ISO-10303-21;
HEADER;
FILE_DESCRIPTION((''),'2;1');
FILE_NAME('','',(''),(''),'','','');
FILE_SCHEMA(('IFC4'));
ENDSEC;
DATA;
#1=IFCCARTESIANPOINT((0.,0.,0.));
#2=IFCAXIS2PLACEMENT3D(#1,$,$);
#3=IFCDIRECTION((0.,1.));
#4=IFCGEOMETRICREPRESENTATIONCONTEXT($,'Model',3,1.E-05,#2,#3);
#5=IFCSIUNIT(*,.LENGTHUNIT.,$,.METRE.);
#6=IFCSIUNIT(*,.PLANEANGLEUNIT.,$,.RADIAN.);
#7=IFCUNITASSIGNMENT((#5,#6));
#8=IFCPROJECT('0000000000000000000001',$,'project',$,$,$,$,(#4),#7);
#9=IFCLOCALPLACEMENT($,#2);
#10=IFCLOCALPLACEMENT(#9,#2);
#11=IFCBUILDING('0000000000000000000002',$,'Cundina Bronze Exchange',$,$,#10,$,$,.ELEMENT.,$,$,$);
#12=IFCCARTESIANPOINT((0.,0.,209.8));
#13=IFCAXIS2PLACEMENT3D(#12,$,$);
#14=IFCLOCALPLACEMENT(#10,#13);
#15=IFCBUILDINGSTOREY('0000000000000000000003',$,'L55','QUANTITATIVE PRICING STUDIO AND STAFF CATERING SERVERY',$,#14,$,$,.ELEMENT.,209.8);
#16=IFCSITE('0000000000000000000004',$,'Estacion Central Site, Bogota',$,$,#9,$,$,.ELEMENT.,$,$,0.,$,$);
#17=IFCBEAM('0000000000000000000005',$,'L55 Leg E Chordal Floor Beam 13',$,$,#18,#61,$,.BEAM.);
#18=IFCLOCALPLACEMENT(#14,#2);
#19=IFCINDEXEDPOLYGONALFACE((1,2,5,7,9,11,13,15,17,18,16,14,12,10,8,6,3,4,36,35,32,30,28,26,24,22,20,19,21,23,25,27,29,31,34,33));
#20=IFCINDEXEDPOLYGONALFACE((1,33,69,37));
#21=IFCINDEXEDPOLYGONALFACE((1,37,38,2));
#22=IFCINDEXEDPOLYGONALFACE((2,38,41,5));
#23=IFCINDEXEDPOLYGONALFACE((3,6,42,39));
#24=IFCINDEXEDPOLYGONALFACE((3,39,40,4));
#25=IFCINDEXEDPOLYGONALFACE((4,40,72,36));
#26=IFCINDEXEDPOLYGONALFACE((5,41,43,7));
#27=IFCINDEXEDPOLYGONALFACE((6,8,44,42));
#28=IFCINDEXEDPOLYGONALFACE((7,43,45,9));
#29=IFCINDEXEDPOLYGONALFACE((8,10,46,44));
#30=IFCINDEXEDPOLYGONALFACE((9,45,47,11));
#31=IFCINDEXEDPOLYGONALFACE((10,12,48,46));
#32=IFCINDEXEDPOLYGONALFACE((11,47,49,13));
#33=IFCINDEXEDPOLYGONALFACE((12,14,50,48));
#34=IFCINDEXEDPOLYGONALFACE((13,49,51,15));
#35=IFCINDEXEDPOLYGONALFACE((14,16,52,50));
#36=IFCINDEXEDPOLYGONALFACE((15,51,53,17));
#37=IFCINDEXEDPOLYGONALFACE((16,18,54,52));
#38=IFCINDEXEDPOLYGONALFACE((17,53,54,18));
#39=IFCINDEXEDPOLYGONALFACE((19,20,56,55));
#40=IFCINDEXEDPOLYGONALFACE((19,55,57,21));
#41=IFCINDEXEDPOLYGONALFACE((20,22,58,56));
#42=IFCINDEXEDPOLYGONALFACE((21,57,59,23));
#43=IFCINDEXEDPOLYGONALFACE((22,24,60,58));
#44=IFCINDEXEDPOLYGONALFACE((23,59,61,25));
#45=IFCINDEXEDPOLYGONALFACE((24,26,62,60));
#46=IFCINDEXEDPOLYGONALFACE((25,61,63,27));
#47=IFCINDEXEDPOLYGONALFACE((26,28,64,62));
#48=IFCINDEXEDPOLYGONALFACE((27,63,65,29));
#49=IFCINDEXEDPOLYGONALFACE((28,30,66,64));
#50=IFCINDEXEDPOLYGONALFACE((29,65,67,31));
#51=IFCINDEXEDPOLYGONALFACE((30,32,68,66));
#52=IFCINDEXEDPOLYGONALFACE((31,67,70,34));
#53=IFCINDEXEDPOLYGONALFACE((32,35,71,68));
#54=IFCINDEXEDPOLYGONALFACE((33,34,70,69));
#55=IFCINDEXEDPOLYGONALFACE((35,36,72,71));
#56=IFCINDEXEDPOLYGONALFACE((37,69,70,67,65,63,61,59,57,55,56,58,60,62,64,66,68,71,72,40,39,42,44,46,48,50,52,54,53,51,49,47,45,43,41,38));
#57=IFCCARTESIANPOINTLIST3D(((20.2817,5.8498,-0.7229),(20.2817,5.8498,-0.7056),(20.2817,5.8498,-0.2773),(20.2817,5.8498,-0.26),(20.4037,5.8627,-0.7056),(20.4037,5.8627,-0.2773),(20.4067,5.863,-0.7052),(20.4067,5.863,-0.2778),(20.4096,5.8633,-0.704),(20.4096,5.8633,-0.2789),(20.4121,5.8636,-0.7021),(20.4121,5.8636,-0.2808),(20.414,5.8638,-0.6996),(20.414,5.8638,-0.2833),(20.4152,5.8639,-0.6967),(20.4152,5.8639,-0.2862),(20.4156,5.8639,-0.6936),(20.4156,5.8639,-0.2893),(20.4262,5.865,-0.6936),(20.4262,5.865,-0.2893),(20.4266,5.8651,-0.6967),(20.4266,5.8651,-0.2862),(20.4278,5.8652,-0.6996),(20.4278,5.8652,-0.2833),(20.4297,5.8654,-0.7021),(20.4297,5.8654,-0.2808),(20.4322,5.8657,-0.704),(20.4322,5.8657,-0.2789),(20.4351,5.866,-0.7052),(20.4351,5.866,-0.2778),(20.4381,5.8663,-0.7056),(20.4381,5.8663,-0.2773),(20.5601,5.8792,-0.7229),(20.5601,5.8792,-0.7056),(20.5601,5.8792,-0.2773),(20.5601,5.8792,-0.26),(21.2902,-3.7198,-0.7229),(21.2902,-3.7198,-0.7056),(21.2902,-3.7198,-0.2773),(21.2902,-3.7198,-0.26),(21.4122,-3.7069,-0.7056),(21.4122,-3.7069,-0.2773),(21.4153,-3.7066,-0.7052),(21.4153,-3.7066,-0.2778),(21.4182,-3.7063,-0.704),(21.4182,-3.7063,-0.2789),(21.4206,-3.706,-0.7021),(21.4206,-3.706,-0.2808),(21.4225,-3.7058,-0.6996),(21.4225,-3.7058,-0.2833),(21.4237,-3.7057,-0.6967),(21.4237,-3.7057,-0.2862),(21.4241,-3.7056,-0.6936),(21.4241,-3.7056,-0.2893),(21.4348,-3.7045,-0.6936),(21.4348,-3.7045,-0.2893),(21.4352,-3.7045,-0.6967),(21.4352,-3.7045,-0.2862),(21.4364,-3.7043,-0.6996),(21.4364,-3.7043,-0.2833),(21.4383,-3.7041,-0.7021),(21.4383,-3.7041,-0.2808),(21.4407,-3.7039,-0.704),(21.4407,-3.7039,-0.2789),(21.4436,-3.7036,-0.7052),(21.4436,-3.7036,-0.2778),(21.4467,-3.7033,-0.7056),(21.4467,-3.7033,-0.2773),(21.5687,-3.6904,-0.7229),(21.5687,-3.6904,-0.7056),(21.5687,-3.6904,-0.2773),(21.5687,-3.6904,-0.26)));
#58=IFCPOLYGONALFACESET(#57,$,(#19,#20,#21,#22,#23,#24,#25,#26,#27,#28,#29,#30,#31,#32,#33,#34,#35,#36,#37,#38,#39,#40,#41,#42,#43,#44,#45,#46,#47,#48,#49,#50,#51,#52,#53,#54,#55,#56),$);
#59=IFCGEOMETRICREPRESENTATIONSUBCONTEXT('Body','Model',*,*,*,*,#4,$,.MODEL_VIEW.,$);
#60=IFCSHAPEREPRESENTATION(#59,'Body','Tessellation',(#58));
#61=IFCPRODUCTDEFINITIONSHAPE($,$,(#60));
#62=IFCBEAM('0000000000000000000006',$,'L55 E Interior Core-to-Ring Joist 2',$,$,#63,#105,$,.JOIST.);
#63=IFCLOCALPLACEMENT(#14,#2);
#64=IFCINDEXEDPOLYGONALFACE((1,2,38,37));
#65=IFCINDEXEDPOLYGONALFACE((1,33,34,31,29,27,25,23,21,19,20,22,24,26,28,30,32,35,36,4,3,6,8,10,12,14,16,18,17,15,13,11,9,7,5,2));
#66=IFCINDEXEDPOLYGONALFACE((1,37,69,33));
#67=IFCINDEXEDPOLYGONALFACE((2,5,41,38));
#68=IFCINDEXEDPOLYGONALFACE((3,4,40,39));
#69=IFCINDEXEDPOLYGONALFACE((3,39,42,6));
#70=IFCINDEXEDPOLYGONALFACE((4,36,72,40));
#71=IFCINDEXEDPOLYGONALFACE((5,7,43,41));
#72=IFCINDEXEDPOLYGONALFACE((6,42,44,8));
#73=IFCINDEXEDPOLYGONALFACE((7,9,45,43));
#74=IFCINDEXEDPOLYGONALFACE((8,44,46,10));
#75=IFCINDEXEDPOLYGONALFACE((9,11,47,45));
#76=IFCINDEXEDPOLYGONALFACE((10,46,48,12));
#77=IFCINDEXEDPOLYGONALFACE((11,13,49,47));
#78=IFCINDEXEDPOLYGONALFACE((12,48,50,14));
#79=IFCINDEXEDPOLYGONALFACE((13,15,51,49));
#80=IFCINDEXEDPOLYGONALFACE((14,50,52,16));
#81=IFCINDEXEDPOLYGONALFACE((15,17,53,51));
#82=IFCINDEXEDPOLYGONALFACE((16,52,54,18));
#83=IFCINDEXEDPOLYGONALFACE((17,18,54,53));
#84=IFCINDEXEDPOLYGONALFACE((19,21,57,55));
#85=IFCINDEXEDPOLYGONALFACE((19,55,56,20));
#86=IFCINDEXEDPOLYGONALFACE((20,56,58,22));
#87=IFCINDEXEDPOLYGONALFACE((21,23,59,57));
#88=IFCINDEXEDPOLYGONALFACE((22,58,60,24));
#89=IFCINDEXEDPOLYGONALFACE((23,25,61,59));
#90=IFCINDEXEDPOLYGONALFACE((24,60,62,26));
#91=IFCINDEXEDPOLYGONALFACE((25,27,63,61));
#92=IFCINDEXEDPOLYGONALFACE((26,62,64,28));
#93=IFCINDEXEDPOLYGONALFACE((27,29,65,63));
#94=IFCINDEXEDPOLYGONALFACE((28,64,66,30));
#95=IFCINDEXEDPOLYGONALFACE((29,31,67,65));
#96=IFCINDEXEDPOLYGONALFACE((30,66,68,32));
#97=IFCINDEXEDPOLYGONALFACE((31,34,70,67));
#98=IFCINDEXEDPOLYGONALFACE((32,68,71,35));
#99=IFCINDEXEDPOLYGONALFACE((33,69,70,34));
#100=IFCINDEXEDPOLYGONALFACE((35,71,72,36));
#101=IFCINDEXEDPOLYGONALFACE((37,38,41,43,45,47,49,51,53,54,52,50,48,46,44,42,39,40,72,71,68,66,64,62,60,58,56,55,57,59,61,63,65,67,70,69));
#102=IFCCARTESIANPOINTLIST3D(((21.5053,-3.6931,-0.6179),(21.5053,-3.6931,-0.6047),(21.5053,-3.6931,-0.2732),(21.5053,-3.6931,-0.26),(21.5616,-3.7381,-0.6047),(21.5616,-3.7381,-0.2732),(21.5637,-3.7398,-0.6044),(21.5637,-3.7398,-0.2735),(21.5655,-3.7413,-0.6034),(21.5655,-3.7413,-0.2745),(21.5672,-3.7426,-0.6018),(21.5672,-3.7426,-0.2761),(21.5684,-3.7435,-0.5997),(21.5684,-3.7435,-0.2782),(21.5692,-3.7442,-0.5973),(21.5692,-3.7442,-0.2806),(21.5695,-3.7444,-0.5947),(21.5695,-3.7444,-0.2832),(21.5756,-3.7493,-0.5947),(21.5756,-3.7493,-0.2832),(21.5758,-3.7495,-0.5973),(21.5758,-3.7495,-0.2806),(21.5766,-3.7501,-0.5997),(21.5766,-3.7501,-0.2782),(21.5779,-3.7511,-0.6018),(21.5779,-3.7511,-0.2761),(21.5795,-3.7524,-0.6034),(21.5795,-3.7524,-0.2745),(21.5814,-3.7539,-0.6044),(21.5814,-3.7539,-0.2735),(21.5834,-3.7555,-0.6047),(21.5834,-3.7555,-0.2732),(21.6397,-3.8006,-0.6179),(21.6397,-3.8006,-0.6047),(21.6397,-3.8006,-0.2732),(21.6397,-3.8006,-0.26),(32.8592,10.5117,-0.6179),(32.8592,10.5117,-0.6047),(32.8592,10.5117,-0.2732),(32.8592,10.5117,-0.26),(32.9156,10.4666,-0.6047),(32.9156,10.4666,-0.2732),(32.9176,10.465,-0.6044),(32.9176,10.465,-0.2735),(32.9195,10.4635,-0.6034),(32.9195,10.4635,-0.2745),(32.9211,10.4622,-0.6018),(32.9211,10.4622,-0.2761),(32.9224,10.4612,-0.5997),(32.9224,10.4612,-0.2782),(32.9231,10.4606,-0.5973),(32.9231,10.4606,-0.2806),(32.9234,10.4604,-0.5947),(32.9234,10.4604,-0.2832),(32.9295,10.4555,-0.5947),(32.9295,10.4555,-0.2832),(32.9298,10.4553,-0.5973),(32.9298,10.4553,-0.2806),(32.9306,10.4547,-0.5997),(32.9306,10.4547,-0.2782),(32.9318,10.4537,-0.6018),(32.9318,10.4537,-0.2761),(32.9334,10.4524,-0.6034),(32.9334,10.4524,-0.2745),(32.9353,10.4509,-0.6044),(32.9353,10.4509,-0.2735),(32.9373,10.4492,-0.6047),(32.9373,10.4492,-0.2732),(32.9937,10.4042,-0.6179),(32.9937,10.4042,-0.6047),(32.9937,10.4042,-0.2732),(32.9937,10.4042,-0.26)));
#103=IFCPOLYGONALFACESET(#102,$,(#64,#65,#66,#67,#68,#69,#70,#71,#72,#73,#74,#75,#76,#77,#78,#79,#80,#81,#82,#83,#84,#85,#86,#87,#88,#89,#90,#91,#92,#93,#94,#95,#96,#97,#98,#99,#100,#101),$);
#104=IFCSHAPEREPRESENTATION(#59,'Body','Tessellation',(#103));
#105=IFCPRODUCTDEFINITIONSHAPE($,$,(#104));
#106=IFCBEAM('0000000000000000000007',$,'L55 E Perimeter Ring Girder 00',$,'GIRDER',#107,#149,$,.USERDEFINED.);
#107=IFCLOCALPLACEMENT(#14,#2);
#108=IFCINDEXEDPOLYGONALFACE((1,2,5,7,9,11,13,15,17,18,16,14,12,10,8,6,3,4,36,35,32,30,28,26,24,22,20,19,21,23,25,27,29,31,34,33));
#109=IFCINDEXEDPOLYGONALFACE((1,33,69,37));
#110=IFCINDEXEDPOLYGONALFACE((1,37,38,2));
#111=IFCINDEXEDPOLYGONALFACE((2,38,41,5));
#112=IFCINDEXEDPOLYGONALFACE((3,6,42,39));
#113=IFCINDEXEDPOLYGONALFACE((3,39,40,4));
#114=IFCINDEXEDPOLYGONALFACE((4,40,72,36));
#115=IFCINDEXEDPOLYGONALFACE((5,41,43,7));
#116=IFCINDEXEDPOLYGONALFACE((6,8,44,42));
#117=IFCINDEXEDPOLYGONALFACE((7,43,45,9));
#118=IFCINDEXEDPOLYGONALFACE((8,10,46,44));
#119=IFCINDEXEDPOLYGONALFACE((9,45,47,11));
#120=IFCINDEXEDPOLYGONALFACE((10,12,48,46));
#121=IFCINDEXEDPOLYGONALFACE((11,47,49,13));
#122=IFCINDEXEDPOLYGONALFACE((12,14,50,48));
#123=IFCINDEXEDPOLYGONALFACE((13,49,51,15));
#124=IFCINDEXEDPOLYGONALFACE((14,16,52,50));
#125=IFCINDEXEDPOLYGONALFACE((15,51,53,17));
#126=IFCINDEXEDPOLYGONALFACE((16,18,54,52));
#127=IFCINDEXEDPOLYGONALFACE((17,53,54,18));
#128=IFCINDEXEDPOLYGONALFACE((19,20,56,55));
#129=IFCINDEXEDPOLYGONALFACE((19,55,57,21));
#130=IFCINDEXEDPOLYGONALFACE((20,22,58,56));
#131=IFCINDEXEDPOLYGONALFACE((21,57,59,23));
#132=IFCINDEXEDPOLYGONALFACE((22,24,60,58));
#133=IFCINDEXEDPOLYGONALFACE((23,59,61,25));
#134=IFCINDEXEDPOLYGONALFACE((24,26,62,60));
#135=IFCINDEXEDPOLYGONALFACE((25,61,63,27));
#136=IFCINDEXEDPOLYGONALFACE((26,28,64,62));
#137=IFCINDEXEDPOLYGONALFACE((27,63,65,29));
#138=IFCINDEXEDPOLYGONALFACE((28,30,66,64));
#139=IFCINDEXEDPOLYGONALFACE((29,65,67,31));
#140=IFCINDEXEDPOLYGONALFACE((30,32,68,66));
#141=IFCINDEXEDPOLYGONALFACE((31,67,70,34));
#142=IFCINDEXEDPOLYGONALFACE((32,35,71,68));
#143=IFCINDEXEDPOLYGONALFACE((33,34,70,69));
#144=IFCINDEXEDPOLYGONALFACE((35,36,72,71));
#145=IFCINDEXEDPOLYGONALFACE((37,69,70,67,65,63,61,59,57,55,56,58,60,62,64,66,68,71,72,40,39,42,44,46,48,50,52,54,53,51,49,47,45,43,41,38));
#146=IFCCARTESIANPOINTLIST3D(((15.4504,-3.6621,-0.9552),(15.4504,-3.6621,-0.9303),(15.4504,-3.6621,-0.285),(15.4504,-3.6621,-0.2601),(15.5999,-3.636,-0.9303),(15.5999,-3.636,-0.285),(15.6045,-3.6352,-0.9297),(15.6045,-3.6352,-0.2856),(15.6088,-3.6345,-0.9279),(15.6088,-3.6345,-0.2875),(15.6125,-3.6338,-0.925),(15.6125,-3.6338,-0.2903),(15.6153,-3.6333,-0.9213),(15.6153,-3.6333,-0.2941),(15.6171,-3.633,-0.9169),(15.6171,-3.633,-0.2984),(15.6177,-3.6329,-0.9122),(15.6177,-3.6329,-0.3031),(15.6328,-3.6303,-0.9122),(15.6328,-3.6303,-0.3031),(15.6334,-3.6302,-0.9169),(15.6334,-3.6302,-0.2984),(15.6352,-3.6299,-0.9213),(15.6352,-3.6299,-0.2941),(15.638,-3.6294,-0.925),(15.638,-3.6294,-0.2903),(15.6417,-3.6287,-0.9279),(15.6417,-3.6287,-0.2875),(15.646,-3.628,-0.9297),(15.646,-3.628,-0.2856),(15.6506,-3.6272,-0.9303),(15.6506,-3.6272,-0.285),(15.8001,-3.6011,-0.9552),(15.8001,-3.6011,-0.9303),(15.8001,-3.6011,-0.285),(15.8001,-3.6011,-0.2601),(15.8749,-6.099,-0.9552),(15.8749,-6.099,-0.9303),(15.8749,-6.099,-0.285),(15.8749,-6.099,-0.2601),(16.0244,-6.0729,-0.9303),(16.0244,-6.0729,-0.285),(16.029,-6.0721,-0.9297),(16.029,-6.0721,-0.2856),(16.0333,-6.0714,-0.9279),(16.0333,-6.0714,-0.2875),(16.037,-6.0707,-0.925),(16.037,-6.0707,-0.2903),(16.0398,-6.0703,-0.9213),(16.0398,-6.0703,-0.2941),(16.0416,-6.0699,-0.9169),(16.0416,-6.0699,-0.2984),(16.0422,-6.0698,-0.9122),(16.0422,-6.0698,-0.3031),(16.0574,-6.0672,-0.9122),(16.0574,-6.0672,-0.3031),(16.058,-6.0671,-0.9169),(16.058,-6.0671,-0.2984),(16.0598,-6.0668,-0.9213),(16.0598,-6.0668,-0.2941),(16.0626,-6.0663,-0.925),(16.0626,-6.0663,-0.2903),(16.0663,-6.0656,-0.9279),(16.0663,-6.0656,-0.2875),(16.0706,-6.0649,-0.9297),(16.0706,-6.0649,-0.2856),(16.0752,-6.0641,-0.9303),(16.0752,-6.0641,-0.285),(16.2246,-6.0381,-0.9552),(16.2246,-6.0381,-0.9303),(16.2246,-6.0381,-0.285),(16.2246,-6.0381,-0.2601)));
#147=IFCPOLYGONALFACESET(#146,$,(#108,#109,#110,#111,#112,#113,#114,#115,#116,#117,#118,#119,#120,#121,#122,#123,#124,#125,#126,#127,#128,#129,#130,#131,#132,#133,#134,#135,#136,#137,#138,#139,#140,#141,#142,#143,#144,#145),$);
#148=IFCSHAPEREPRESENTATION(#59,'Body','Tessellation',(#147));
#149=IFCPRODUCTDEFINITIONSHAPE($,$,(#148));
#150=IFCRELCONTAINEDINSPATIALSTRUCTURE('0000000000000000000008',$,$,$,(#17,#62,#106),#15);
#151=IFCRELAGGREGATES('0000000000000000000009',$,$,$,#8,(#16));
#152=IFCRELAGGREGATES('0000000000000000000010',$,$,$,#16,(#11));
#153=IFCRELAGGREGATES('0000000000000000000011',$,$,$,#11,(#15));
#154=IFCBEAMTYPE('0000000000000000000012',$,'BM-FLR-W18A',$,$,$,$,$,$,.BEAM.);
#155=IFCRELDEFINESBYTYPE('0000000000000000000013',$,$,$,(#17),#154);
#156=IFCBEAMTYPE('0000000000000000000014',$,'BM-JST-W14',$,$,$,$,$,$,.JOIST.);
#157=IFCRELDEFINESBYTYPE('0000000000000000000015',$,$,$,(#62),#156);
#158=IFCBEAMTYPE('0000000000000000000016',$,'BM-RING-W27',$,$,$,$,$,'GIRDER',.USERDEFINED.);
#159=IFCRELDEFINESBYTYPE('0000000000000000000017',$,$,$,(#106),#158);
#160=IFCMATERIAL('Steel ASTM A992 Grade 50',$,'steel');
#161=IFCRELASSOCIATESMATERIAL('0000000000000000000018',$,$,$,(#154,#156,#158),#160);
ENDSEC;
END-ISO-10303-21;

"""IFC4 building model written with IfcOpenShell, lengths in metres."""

from ifc_helpers import new_model, si_unit, direction, frame, origin, origin_2d, place, context, subcontext, project, spatial, i_section, extrude, material, material_profile, profile_set, type_object, element, save


model = new_model("IFC4")

# Units and contexts
model_context = context("Model", 3, precision=1e-05, world=origin(), true_north=direction((0.0, 1.0)))
body_context = subcontext(model_context, "Body", "Model", "MODEL_VIEW")
ifc_project = project(units=[si_unit("LENGTHUNIT", "METRE"), si_unit("PLANEANGLEUNIT", "RADIAN")], contexts=[model_context])

# Site, building, storey
site_placement = place(None, origin())
site = spatial("IfcSite", under=ifc_project, at=site_placement, Name="Estacion Central Site, Bogota", CompositionType="ELEMENT", RefElevation=0.0)
building_placement = place(site_placement, origin())
building = spatial("IfcBuilding", under=site, at=building_placement, Name="Cundina Bronze Exchange", CompositionType="ELEMENT")
storey_placement = place(building_placement, frame((0.0, 0.0, 209.8)))
storey = spatial("IfcBuildingStorey", under=building, at=storey_placement, Name="L55", Description="QUANTITATIVE PRICING STUDIO AND STAFF CATERING SERVERY", CompositionType="ELEMENT", Elevation=209.8)

# Shared definitions
ifc_material_1 = material(Name="Steel ASTM A992 Grade 50", Category="steel")

# Beams
ifc_material_profile_1 = material_profile(ifc_material_1, i_section(OverallWidth=0.28, OverallDepth=0.4629, WebThickness=0.0107, FlangeThickness=0.0173, FilletRadius=0.012, at=origin_2d()), Name="W18X76", Category="steel")
ifc_profile_set_1 = profile_set([ifc_material_profile_1], Name="Steel ASTM A992 Grade 50")
beam_type_1 = type_object("IfcBeamType", Name="BM-FLR-W18A", PredefinedType="BEAM", material=ifc_profile_set_1)
beam_1_placement = place(storey_placement, frame((21.4294, -3.7051, -0.4915), z_axis=(-0.10481, 0.994492, 0.0), x_axis=(-0.994492, -0.10481, 0.0)))
element("IfcBeam", 1, at=beam_1_placement, inside=storey, type_object=beam_type_1, Name="L55 Leg E Chordal Floor Beam 13", PredefinedType="BEAM", context=body_context, shape_type="SweptSolid", body=[
    extrude(i_section(OverallWidth=0.28, OverallDepth=0.4629, WebThickness=0.0107, FlangeThickness=0.0173, FilletRadius=0.012, at=origin_2d()), origin(), (0.0, 0.0, 1.0), 9.6226),
])
ifc_material_profile_2 = material_profile(ifc_material_1, i_section(OverallWidth=0.1721, OverallDepth=0.3579, WebThickness=0.0078, FlangeThickness=0.0132, FilletRadius=0.01, at=origin_2d()), Name="W14X38", Category="steel")
ifc_profile_set_2 = profile_set([ifc_material_profile_2], Name="Steel ASTM A992 Grade 50")
beam_type_2 = type_object("IfcBeamType", Name="BM-JST-W14", PredefinedType="JOIST", material=ifc_profile_set_2)
beam_2_placement = place(storey_placement, frame((21.5725, -3.7468, -0.439), z_axis=(0.624364, 0.781133, 0.0), x_axis=(-0.781133, 0.624364, 0.0)))
element("IfcBeam", 2, at=beam_2_placement, inside=storey, type_object=beam_type_2, Name="L55 E Interior Core-to-Ring Joist 2", PredefinedType="JOIST", context=body_context, shape_type="SweptSolid", body=[
    extrude(i_section(OverallWidth=0.1721, OverallDepth=0.3579, WebThickness=0.0078, FlangeThickness=0.0132, FilletRadius=0.01, at=origin_2d()), origin(), (0.0, 0.0, 1.0), 18.1848),
])
ifc_material_profile_3 = material_profile(ifc_material_1, i_section(OverallWidth=0.355, OverallDepth=0.6951, WebThickness=0.0154, FlangeThickness=0.0249, FilletRadius=0.0181, at=origin_2d()), Name="W27X146", Category="steel")
ifc_profile_set_3 = profile_set([ifc_material_profile_3], Name="Steel ASTM A992 Grade 50")
beam_type_3 = type_object("IfcBeamType", Name="BM-RING-W27", ElementType="GIRDER", PredefinedType="USERDEFINED", material=ifc_profile_set_3)
beam_3_placement = place(storey_placement, frame((15.6252, -3.6316, -0.6077), z_axis=(0.171629, -0.985162, 0.0), x_axis=(0.985162, 0.171629, 0.0)))
element("IfcBeam", 3, at=beam_3_placement, inside=storey, type_object=beam_type_3, Name="L55 E Perimeter Ring Girder 00", ObjectType="GIRDER", PredefinedType="USERDEFINED", context=body_context, shape_type="SweptSolid", body=[
    extrude(i_section(OverallWidth=0.355, OverallDepth=0.6951, WebThickness=0.0154, FlangeThickness=0.0249, FilletRadius=0.0181, at=origin_2d()), origin(), (0.0, 0.0, 1.0), 2.4736),
])

save(model, "model.ifc")
